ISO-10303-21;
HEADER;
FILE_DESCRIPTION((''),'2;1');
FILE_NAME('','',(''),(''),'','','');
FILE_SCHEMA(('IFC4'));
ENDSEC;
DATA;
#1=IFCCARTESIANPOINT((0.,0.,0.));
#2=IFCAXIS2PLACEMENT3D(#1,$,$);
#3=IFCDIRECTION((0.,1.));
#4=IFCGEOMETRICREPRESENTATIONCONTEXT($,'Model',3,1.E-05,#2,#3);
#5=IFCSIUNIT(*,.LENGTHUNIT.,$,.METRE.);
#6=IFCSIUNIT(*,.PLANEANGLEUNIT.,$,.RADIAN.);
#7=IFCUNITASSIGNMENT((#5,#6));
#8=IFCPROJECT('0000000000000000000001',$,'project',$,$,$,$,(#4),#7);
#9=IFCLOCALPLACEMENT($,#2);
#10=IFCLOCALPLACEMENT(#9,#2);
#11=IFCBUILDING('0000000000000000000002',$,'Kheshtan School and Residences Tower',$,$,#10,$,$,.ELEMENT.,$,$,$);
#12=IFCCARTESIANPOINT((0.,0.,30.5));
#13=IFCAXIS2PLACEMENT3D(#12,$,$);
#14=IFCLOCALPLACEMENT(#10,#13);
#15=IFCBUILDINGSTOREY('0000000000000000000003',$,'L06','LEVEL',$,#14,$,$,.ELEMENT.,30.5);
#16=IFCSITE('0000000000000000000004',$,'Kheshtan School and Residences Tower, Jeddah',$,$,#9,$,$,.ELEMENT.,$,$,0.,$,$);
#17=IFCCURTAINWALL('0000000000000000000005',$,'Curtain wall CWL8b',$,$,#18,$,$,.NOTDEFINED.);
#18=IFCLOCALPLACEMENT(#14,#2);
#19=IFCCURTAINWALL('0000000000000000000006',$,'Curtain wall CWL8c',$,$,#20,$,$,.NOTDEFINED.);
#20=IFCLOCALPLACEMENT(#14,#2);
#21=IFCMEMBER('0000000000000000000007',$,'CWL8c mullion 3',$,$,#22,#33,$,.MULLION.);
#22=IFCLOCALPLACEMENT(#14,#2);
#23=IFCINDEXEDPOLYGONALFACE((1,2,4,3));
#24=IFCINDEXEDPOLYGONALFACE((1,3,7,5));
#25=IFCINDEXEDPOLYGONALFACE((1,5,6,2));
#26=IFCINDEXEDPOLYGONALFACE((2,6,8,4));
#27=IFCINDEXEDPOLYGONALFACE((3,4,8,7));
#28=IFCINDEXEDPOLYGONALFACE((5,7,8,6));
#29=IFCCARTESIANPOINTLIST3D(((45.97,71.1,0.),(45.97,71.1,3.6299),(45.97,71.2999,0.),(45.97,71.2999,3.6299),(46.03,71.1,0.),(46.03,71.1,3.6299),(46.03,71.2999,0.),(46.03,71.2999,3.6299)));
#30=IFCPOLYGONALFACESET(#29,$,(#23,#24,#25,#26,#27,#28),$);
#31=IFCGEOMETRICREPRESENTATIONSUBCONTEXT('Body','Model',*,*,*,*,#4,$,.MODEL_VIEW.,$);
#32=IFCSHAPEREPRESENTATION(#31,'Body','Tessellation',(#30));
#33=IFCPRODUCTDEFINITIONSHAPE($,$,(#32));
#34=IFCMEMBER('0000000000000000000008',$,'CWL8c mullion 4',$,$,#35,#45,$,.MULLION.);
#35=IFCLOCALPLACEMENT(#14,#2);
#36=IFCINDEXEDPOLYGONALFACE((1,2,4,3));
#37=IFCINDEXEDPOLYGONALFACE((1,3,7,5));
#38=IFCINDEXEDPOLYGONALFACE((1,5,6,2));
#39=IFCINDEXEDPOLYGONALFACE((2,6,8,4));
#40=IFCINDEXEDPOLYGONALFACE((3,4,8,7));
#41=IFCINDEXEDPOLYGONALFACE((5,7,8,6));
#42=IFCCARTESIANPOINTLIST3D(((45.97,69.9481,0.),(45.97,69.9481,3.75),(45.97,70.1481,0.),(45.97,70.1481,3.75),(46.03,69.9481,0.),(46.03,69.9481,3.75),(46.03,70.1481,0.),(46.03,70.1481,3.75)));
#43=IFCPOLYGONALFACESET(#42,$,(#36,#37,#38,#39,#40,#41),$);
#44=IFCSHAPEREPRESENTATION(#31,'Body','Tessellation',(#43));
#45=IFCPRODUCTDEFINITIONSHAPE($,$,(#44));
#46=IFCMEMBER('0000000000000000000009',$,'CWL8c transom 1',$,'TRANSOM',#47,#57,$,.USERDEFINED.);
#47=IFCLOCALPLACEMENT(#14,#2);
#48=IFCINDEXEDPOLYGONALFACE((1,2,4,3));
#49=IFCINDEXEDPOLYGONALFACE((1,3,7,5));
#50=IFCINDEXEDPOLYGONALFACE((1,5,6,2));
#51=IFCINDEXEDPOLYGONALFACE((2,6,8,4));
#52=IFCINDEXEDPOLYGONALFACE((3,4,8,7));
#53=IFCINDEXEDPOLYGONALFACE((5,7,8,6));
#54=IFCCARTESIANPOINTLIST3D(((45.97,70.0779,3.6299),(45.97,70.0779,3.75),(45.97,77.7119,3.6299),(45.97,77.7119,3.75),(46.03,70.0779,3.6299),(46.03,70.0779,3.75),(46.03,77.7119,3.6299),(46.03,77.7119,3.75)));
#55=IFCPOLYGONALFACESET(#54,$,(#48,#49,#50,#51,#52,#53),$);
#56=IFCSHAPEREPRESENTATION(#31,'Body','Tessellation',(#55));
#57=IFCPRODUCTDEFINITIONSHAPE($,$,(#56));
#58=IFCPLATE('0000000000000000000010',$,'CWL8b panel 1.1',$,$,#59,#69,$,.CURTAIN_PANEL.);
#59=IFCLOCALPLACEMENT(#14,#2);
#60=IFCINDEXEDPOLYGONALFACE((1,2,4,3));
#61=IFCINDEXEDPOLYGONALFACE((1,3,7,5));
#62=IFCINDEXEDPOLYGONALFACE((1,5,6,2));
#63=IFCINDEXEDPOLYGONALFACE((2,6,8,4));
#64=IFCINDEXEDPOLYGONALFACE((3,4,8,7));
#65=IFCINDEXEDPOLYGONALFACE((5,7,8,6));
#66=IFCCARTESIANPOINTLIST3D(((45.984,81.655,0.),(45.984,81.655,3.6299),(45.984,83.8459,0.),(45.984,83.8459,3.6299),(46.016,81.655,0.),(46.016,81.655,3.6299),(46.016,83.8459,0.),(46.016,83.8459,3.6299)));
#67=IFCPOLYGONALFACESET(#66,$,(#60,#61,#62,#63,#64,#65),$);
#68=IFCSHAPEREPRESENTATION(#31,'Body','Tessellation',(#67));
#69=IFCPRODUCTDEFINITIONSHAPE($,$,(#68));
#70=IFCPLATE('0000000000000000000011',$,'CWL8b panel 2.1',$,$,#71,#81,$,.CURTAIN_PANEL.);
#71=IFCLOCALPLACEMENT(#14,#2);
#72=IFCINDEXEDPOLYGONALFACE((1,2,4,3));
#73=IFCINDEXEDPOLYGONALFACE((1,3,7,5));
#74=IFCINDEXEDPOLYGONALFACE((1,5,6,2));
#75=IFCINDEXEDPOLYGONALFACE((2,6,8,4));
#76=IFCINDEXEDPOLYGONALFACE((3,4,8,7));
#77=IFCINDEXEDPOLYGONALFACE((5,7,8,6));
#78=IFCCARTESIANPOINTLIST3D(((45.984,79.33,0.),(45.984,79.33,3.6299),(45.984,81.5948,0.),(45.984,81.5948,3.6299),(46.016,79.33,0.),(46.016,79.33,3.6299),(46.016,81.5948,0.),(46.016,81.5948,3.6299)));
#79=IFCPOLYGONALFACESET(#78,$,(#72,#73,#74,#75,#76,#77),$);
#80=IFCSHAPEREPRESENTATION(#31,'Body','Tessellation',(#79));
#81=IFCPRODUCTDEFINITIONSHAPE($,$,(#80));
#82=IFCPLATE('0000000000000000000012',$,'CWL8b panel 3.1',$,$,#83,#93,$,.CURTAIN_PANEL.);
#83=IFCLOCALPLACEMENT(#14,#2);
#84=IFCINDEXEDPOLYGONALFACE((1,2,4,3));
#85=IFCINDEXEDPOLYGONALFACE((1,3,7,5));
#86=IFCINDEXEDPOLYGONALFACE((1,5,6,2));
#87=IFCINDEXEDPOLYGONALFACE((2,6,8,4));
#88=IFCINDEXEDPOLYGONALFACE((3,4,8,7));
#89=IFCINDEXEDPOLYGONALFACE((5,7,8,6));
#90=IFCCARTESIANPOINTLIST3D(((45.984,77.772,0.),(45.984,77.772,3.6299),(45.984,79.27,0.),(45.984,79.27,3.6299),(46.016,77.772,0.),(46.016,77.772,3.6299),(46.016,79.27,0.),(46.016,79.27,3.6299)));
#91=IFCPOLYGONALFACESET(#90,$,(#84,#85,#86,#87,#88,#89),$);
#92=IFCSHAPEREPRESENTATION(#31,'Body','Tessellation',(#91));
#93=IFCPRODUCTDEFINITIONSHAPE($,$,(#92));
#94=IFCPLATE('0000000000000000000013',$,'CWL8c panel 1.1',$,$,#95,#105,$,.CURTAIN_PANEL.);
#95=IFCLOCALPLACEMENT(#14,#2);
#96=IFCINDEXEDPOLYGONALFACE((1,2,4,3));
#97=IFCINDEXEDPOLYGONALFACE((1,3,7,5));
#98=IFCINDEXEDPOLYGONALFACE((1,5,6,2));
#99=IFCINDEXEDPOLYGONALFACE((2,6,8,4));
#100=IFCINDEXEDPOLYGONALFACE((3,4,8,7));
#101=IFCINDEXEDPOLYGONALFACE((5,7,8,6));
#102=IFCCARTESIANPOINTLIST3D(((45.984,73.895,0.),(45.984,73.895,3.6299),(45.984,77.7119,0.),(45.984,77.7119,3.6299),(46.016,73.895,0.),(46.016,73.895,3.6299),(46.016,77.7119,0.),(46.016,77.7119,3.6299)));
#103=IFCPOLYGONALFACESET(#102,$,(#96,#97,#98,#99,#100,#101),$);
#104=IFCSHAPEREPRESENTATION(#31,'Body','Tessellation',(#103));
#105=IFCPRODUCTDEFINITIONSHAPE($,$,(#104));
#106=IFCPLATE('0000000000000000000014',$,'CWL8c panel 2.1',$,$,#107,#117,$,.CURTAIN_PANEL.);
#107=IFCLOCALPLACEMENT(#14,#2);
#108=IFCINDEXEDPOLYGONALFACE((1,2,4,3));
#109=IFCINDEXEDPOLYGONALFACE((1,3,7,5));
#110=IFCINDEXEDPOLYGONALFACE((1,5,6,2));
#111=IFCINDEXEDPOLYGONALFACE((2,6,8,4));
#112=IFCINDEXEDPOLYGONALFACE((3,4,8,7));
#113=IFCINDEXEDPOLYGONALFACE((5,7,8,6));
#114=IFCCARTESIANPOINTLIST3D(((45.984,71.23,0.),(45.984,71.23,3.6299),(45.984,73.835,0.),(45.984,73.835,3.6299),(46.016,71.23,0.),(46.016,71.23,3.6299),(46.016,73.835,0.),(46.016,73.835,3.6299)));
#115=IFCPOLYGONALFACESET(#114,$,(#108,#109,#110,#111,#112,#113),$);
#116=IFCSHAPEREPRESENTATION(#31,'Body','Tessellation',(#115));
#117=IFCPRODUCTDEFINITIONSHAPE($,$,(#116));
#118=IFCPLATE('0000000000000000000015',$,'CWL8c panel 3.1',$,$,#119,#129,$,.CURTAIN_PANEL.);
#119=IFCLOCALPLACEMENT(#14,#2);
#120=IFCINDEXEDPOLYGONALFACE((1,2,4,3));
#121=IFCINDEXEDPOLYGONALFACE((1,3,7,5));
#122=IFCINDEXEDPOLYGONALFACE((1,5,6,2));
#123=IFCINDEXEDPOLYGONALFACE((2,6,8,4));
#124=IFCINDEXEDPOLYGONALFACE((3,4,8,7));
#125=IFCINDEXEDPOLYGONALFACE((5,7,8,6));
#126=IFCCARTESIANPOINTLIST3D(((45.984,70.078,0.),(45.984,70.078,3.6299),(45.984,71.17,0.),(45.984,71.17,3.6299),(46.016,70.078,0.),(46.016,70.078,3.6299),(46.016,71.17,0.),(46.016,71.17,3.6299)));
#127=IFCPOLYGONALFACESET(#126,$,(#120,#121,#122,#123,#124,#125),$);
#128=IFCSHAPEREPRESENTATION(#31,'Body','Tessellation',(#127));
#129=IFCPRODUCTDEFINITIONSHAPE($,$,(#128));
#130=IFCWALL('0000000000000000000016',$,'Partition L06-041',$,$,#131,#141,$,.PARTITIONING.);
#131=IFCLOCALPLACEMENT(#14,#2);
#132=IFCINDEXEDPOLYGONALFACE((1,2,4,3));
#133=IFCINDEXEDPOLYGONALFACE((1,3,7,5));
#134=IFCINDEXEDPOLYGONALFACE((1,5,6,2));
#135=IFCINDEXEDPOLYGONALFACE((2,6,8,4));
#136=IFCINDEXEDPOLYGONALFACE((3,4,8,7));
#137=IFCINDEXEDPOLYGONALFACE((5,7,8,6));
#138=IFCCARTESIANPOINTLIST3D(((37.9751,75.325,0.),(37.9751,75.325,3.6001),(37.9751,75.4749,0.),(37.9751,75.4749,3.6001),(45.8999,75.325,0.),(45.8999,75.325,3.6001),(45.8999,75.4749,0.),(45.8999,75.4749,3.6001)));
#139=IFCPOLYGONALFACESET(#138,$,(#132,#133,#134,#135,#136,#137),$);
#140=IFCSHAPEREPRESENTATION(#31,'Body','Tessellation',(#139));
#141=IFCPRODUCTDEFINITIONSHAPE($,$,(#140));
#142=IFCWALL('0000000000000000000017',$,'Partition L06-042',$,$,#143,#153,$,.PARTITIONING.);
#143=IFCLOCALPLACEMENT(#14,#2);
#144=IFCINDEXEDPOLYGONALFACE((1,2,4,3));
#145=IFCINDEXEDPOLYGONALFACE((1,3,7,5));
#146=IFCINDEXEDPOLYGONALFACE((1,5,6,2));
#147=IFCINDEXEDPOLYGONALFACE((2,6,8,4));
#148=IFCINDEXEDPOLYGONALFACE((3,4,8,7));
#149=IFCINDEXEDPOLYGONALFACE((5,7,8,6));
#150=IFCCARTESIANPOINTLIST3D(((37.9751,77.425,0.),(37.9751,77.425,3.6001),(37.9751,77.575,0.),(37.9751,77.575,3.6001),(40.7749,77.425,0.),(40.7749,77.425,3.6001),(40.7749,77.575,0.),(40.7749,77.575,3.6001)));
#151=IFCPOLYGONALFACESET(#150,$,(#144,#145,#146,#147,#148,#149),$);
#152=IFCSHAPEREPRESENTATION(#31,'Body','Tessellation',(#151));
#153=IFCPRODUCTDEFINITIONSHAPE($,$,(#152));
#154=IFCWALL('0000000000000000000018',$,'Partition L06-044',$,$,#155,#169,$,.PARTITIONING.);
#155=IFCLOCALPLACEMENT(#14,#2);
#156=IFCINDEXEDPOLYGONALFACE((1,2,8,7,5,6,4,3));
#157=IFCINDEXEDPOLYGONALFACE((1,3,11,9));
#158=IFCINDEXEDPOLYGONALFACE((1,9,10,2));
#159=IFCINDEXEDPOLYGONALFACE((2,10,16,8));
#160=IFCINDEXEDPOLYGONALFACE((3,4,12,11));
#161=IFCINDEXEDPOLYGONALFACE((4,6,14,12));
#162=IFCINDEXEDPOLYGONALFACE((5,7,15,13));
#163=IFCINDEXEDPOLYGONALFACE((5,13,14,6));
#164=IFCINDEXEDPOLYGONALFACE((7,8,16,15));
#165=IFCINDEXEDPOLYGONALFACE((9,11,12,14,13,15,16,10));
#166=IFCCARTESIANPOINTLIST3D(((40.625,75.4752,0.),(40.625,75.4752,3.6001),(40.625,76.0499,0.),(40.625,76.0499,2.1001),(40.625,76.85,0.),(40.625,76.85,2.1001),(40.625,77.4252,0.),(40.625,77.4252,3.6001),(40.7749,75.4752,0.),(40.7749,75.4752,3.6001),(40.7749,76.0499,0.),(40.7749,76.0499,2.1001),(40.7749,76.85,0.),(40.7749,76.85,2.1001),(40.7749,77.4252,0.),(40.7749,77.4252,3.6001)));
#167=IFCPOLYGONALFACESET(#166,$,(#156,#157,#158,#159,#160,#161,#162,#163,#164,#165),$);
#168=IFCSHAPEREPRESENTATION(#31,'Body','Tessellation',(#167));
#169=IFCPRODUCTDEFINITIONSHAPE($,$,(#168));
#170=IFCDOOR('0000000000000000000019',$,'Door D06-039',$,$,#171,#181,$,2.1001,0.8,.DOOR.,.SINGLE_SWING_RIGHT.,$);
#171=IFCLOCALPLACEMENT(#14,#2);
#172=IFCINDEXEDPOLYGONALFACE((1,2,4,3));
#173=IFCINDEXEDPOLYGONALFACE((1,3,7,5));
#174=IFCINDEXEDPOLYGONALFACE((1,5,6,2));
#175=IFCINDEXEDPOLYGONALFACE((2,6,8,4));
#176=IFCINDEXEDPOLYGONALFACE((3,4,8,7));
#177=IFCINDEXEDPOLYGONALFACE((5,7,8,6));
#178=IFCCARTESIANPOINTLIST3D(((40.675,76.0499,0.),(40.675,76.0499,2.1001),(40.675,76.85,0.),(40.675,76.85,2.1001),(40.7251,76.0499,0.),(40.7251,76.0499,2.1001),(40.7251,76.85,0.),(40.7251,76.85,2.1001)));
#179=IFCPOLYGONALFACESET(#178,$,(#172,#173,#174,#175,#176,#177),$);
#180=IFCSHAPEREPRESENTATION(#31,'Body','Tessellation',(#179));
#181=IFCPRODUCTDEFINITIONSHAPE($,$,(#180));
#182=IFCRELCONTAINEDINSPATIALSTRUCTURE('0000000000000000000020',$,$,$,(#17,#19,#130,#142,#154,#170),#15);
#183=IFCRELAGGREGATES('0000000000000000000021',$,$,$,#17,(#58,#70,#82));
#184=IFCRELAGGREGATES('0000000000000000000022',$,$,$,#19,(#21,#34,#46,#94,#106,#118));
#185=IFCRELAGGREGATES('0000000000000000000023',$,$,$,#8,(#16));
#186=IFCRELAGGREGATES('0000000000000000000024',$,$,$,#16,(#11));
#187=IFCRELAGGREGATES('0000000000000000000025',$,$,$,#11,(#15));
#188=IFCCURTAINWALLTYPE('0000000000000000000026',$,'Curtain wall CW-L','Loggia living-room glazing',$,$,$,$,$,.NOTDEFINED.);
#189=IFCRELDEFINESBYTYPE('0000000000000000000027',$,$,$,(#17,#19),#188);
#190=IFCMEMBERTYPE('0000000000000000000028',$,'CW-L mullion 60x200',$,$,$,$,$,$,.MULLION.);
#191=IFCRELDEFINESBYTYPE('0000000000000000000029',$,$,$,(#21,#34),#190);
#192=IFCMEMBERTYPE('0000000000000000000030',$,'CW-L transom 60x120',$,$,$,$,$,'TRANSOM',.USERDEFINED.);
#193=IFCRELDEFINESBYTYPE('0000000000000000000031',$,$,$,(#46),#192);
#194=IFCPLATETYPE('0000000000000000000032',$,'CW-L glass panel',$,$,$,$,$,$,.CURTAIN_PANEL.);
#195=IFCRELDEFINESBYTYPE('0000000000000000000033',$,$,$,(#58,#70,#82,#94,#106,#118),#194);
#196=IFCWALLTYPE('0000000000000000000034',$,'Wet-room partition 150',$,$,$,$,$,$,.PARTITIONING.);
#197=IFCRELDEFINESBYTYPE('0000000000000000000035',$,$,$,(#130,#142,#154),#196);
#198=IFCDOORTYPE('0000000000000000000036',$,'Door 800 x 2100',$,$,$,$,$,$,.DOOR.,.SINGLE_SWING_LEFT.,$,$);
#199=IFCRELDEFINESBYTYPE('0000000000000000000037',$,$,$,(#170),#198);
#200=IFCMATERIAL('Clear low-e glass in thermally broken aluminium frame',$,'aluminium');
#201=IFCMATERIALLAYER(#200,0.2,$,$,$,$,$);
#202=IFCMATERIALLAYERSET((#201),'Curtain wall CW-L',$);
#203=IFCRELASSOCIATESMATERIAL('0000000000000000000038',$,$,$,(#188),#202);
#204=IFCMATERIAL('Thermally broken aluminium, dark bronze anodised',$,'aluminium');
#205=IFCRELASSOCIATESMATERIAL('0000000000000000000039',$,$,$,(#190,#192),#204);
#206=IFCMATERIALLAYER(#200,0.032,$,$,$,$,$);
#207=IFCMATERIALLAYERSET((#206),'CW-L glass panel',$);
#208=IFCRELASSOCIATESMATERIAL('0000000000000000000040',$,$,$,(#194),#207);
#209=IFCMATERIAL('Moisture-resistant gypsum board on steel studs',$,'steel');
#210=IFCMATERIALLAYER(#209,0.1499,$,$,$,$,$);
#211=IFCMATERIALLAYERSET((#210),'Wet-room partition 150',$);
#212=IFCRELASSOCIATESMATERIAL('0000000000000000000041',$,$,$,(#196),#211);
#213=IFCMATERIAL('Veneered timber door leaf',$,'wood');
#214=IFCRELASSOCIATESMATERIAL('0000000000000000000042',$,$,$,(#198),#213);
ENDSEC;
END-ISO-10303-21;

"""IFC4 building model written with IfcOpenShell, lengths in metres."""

from ifc_helpers import new_model, si_unit, direction, frame, frame_2d, origin, origin_2d, place, context, subcontext, project, spatial, rectangle, extrude, source, transform, mapped, material, layer, layer_set, material_profile, profile_set, type_object, element, fill, aggregate, save


model = new_model("IFC4")

# Units and contexts
model_context = context("Model", 3, precision=1e-05, world=origin(), true_north=direction((0.0, 1.0)))
body_context = subcontext(model_context, "Body", "Model", "MODEL_VIEW")
ifc_project = project(units=[si_unit("LENGTHUNIT", "METRE"), si_unit("PLANEANGLEUNIT", "RADIAN")], contexts=[model_context])

# Site, building, storey
site_placement = place(None, origin())
site = spatial("IfcSite", under=ifc_project, at=site_placement, Name="Kheshtan School and Residences Tower, Jeddah", CompositionType="ELEMENT", RefElevation=0.0)
building_placement = place(site_placement, origin())
building = spatial("IfcBuilding", under=site, at=building_placement, Name="Kheshtan School and Residences Tower", CompositionType="ELEMENT")
storey_placement = place(building_placement, frame((0.0, 0.0, 30.5)))
storey = spatial("IfcBuildingStorey", under=building, at=storey_placement, Name="L06", Description="LEVEL", CompositionType="ELEMENT", Elevation=30.5)

# Curtain walls, members
ifc_material_1 = material(Name="Clear low-e glass in thermally broken aluminium frame", Category="aluminium")
ifc_layer_1 = layer(ifc_material_1, 0.2)
ifc_layer_set_1 = layer_set([ifc_layer_1], Name="Curtain wall CW-L")
curtain_wall_type = type_object("IfcCurtainWallType", Name="Curtain wall CW-L", Description="Loggia living-room glazing", PredefinedType="NOTDEFINED", material=ifc_layer_set_1)
curtain_wall_1_placement = place(storey_placement, origin())
curtain_wall_1 = element("IfcCurtainWall", 1, at=curtain_wall_1_placement, inside=storey, type_object=curtain_wall_type, Name="Curtain wall CWL8b", PredefinedType="NOTDEFINED")
ifc_material_2 = material(Name="Thermally broken aluminium, dark bronze anodised", Category="aluminium")
ifc_material_profile_1 = material_profile(ifc_material_2, rectangle(XDim=0.0601, YDim=0.2, at=origin_2d()), Name="CW-L mullion 60x200")
ifc_profile_set_1 = profile_set([ifc_material_profile_1], Name="Thermally broken aluminium, dark bronze anodised")
member_type_1 = type_object("IfcMemberType", Name="CW-L mullion 60x200", PredefinedType="MULLION", material=ifc_profile_set_1)
curtain_wall_2_placement = place(storey_placement, origin())
curtain_wall_2 = element("IfcCurtainWall", 2, at=curtain_wall_2_placement, inside=storey, type_object=curtain_wall_type, Name="Curtain wall CWL8c", PredefinedType="NOTDEFINED")
member_1_placement = place(storey_placement, frame((46.0, 71.2, 0.0), z_axis=(0.0, 0.0, 1.0), x_axis=(1.0, 0.0, 0.0)))
member_1 = element("IfcMember", 3, at=member_1_placement, type_object=member_type_1, Name="CWL8c mullion 3", PredefinedType="MULLION", context=body_context, shape_type="SweptSolid", body=[
    extrude(rectangle(XDim=0.0601, YDim=0.2, at=origin_2d()), origin(), (0.0, 0.0, 1.0), 3.6299),
])
member_2_placement = place(storey_placement, frame((46.0, 70.0481, 0.0), z_axis=(0.0, 0.0, 1.0), x_axis=(1.0, 0.0, 0.0)))
member_2 = element("IfcMember", 4, at=member_2_placement, type_object=member_type_1, Name="CWL8c mullion 4", PredefinedType="MULLION", context=body_context, shape_type="SweptSolid", body=[
    extrude(rectangle(XDim=0.0601, YDim=0.2, at=origin_2d()), origin(), (0.0, 0.0, 1.0), 3.75),
])
ifc_material_profile_2 = material_profile(ifc_material_2, rectangle(XDim=0.0601, YDim=0.1201, at=origin_2d()), Name="CW-L transom 60x120")
ifc_profile_set_2 = profile_set([ifc_material_profile_2], Name="Thermally broken aluminium, dark bronze anodised")
member_type_2 = type_object("IfcMemberType", Name="CW-L transom 60x120", ElementType="TRANSOM", PredefinedType="USERDEFINED", material=ifc_profile_set_2)
member_3_placement = place(storey_placement, frame((46.0, 77.7119, 3.6899), z_axis=(0.0, -1.0, 0.0), x_axis=(1.0, 0.0, 0.0)))
member_3 = element("IfcMember", 5, at=member_3_placement, type_object=member_type_2, Name="CWL8c transom 1", ObjectType="TRANSOM", PredefinedType="USERDEFINED", context=body_context, shape_type="SweptSolid", body=[
    extrude(rectangle(XDim=0.0601, YDim=0.1201, at=origin_2d()), origin(), (0.0, 0.0, 1.0), 7.634),
])

# Plates
ifc_layer_2 = layer(ifc_material_1, 0.032)
ifc_layer_set_2 = layer_set([ifc_layer_2], Name="CW-L glass panel")
plate_type = type_object("IfcPlateType", Name="CW-L glass panel", PredefinedType="CURTAIN_PANEL", material=ifc_layer_set_2)
plate_1_placement = place(storey_placement, frame((46.0, 82.7505, 0.0), z_axis=(0.0, 0.0, 1.0), x_axis=(0.0, -1.0, 0.0)))
plate_1 = element("IfcPlate", 6, at=plate_1_placement, type_object=plate_type, Name="CWL8b panel 1.1", PredefinedType="CURTAIN_PANEL", context=body_context, shape_type="SweptSolid", body=[
    extrude(rectangle(XDim=2.1909, YDim=0.032, at=origin_2d()), origin(), (0.0, 0.0, 1.0), 3.6299),
])
plate_2_placement = place(storey_placement, frame((46.0, 80.4624, 0.0), z_axis=(0.0, 0.0, 1.0), x_axis=(0.0, -1.0, 0.0)))
plate_2 = element("IfcPlate", 7, at=plate_2_placement, type_object=plate_type, Name="CWL8b panel 2.1", PredefinedType="CURTAIN_PANEL", context=body_context, shape_type="SweptSolid", body=[
    extrude(rectangle(XDim=2.2649, YDim=0.032, at=origin_2d()), origin(), (0.0, 0.0, 1.0), 3.6299),
])
plate_3_placement = place(storey_placement, frame((46.0, 78.521, 0.0), z_axis=(0.0, 0.0, 1.0), x_axis=(0.0, -1.0, 0.0)))
plate_3 = element("IfcPlate", 8, at=plate_3_placement, type_object=plate_type, Name="CWL8b panel 3.1", PredefinedType="CURTAIN_PANEL", context=body_context, shape_type="SweptSolid", body=[
    extrude(rectangle(XDim=1.498, YDim=0.032, at=origin_2d()), origin(), (0.0, 0.0, 1.0), 3.6299),
])
aggregate(curtain_wall_1, [plate_1, plate_2, plate_3])
plate_4_placement = place(storey_placement, frame((46.0, 75.8035, 0.0), z_axis=(0.0, 0.0, 1.0), x_axis=(0.0, -1.0, 0.0)))
plate_4 = element("IfcPlate", 9, at=plate_4_placement, type_object=plate_type, Name="CWL8c panel 1.1", PredefinedType="CURTAIN_PANEL", context=body_context, shape_type="SweptSolid", body=[
    extrude(rectangle(XDim=3.8169, YDim=0.032, at=origin_2d()), origin(), (0.0, 0.0, 1.0), 3.6299),
])
plate_5_placement = place(storey_placement, frame((46.0, 72.5325, 0.0), z_axis=(0.0, 0.0, 1.0), x_axis=(0.0, -1.0, 0.0)))
plate_5 = element("IfcPlate", 10, at=plate_5_placement, type_object=plate_type, Name="CWL8c panel 2.1", PredefinedType="CURTAIN_PANEL", context=body_context, shape_type="SweptSolid", body=[
    extrude(rectangle(XDim=2.605, YDim=0.032, at=origin_2d()), origin(), (0.0, 0.0, 1.0), 3.6299),
])
plate_6_placement = place(storey_placement, frame((46.0, 70.624, 0.0), z_axis=(0.0, 0.0, 1.0), x_axis=(0.0, -1.0, 0.0)))
plate_6 = element("IfcPlate", 11, at=plate_6_placement, type_object=plate_type, Name="CWL8c panel 3.1", PredefinedType="CURTAIN_PANEL", context=body_context, shape_type="SweptSolid", body=[
    extrude(rectangle(XDim=1.092, YDim=0.032, at=origin_2d()), origin(), (0.0, 0.0, 1.0), 3.6299),
])
aggregate(curtain_wall_2, [member_1, member_2, member_3, plate_4, plate_5, plate_6])

# Walls
ifc_material_3 = material(Name="Moisture-resistant gypsum board on steel studs", Category="steel")
ifc_layer_3 = layer(ifc_material_3, 0.1499)
ifc_layer_set_3 = layer_set([ifc_layer_3], Name="Wet-room partition 150")
wall_type_1 = type_object("IfcWallType", Name="Wet-room partition 150", PredefinedType="PARTITIONING", material=ifc_layer_set_3)
wall_1_placement = place(storey_placement, frame((37.9751, 75.3999, 0.0), z_axis=(0.0, 0.0, 1.0), x_axis=(1.0, 0.0, 0.0)))
element("IfcWall", 12, at=wall_1_placement, inside=storey, type_object=wall_type_1, Name="Partition L06-041", PredefinedType="PARTITIONING", context=body_context, shape_type="SweptSolid", body=[
    extrude(rectangle(XDim=7.9248, YDim=0.1499, at=frame_2d((3.9624, 0.0))), origin(), (0.0, 0.0, 1.0), 3.6001),
])
wall_2_placement = place(storey_placement, frame((37.9751, 77.5, 0.0), z_axis=(0.0, 0.0, 1.0), x_axis=(1.0, 0.0, 0.0)))
element("IfcWall", 13, at=wall_2_placement, inside=storey, type_object=wall_type_1, Name="Partition L06-042", PredefinedType="PARTITIONING", context=body_context, shape_type="SweptSolid", body=[
    extrude(rectangle(XDim=2.7998, YDim=0.1499, at=frame_2d((1.3999, 0.0))), origin(), (0.0, 0.0, 1.0), 3.6001),
])

# Wall, opening, door
wall_3_placement = place(storey_placement, frame((40.7, 75.4751, 0.0), z_axis=(0.0, 0.0, 1.0), x_axis=(0.0, 1.0, 0.0)))
wall_3 = element("IfcWall", 14, at=wall_3_placement, inside=storey, type_object=wall_type_1, Name="Partition L06-044", PredefinedType="PARTITIONING", context=body_context, shape_type="SweptSolid", body=[
    extrude(rectangle(XDim=1.95, YDim=0.1499, at=frame_2d((0.9751, 0.0))), origin(), (0.0, 0.0, 1.0), 3.6001),
])
opening_1_placement = place(wall_3_placement, frame((0.575, 0.0, 0.0)))
opening_1 = element("IfcOpeningElement", 15, at=opening_1_placement, cuts=wall_3, PredefinedType="OPENING", context=body_context, shape_type="SweptSolid", body=[
    extrude(rectangle(XDim=0.8, YDim=2.1001, at=frame_2d((0.3999, 1.05))), frame((0.0, 0.085, 0.0), z_axis=(0.0, -1.0, 0.0), x_axis=(1.0, 0.0, 0.0)), (0.0, 0.0, 1.0), 0.1699),
])
ifc_material_4 = material(Name="Veneered timber door leaf", Category="wood")
door_type_1 = type_object("IfcDoorType", Name="Door 800 x 2100", OperationType="SINGLE_SWING_LEFT", PredefinedType="DOOR", material=ifc_material_4)
shared_shape_1 = source(origin(), body_context, "Body", "SweptSolid", [
    extrude(rectangle(XDim=0.8, YDim=2.1001, at=frame_2d((0.3999, 1.05))), frame((0.0, 0.0249, 0.0), z_axis=(0.0, -1.0, 0.0), x_axis=(1.0, 0.0, 0.0)), (0.0, 0.0, 1.0), 0.05),
])
door_1_placement = place(opening_1_placement, origin())
door_1 = element("IfcDoor", 16, at=door_1_placement, inside=storey, type_object=door_type_1, Name="Door D06-039", OperationType="SINGLE_SWING_RIGHT", OverallHeight=2.1001, OverallWidth=0.8, PredefinedType="DOOR", context=body_context, shape_type="MappedRepresentation", body=[
    mapped(shared_shape_1, transform((0.0, 0.0, 0.0), x_axis=(1.0, 0.0, 0.0), y_axis=(0.0, 1.0, 0.0), z_axis=(0.0, 0.0, 1.0), scale=1.0)),
])
fill(opening_1, door_1)

save(model, "model.ifc")
